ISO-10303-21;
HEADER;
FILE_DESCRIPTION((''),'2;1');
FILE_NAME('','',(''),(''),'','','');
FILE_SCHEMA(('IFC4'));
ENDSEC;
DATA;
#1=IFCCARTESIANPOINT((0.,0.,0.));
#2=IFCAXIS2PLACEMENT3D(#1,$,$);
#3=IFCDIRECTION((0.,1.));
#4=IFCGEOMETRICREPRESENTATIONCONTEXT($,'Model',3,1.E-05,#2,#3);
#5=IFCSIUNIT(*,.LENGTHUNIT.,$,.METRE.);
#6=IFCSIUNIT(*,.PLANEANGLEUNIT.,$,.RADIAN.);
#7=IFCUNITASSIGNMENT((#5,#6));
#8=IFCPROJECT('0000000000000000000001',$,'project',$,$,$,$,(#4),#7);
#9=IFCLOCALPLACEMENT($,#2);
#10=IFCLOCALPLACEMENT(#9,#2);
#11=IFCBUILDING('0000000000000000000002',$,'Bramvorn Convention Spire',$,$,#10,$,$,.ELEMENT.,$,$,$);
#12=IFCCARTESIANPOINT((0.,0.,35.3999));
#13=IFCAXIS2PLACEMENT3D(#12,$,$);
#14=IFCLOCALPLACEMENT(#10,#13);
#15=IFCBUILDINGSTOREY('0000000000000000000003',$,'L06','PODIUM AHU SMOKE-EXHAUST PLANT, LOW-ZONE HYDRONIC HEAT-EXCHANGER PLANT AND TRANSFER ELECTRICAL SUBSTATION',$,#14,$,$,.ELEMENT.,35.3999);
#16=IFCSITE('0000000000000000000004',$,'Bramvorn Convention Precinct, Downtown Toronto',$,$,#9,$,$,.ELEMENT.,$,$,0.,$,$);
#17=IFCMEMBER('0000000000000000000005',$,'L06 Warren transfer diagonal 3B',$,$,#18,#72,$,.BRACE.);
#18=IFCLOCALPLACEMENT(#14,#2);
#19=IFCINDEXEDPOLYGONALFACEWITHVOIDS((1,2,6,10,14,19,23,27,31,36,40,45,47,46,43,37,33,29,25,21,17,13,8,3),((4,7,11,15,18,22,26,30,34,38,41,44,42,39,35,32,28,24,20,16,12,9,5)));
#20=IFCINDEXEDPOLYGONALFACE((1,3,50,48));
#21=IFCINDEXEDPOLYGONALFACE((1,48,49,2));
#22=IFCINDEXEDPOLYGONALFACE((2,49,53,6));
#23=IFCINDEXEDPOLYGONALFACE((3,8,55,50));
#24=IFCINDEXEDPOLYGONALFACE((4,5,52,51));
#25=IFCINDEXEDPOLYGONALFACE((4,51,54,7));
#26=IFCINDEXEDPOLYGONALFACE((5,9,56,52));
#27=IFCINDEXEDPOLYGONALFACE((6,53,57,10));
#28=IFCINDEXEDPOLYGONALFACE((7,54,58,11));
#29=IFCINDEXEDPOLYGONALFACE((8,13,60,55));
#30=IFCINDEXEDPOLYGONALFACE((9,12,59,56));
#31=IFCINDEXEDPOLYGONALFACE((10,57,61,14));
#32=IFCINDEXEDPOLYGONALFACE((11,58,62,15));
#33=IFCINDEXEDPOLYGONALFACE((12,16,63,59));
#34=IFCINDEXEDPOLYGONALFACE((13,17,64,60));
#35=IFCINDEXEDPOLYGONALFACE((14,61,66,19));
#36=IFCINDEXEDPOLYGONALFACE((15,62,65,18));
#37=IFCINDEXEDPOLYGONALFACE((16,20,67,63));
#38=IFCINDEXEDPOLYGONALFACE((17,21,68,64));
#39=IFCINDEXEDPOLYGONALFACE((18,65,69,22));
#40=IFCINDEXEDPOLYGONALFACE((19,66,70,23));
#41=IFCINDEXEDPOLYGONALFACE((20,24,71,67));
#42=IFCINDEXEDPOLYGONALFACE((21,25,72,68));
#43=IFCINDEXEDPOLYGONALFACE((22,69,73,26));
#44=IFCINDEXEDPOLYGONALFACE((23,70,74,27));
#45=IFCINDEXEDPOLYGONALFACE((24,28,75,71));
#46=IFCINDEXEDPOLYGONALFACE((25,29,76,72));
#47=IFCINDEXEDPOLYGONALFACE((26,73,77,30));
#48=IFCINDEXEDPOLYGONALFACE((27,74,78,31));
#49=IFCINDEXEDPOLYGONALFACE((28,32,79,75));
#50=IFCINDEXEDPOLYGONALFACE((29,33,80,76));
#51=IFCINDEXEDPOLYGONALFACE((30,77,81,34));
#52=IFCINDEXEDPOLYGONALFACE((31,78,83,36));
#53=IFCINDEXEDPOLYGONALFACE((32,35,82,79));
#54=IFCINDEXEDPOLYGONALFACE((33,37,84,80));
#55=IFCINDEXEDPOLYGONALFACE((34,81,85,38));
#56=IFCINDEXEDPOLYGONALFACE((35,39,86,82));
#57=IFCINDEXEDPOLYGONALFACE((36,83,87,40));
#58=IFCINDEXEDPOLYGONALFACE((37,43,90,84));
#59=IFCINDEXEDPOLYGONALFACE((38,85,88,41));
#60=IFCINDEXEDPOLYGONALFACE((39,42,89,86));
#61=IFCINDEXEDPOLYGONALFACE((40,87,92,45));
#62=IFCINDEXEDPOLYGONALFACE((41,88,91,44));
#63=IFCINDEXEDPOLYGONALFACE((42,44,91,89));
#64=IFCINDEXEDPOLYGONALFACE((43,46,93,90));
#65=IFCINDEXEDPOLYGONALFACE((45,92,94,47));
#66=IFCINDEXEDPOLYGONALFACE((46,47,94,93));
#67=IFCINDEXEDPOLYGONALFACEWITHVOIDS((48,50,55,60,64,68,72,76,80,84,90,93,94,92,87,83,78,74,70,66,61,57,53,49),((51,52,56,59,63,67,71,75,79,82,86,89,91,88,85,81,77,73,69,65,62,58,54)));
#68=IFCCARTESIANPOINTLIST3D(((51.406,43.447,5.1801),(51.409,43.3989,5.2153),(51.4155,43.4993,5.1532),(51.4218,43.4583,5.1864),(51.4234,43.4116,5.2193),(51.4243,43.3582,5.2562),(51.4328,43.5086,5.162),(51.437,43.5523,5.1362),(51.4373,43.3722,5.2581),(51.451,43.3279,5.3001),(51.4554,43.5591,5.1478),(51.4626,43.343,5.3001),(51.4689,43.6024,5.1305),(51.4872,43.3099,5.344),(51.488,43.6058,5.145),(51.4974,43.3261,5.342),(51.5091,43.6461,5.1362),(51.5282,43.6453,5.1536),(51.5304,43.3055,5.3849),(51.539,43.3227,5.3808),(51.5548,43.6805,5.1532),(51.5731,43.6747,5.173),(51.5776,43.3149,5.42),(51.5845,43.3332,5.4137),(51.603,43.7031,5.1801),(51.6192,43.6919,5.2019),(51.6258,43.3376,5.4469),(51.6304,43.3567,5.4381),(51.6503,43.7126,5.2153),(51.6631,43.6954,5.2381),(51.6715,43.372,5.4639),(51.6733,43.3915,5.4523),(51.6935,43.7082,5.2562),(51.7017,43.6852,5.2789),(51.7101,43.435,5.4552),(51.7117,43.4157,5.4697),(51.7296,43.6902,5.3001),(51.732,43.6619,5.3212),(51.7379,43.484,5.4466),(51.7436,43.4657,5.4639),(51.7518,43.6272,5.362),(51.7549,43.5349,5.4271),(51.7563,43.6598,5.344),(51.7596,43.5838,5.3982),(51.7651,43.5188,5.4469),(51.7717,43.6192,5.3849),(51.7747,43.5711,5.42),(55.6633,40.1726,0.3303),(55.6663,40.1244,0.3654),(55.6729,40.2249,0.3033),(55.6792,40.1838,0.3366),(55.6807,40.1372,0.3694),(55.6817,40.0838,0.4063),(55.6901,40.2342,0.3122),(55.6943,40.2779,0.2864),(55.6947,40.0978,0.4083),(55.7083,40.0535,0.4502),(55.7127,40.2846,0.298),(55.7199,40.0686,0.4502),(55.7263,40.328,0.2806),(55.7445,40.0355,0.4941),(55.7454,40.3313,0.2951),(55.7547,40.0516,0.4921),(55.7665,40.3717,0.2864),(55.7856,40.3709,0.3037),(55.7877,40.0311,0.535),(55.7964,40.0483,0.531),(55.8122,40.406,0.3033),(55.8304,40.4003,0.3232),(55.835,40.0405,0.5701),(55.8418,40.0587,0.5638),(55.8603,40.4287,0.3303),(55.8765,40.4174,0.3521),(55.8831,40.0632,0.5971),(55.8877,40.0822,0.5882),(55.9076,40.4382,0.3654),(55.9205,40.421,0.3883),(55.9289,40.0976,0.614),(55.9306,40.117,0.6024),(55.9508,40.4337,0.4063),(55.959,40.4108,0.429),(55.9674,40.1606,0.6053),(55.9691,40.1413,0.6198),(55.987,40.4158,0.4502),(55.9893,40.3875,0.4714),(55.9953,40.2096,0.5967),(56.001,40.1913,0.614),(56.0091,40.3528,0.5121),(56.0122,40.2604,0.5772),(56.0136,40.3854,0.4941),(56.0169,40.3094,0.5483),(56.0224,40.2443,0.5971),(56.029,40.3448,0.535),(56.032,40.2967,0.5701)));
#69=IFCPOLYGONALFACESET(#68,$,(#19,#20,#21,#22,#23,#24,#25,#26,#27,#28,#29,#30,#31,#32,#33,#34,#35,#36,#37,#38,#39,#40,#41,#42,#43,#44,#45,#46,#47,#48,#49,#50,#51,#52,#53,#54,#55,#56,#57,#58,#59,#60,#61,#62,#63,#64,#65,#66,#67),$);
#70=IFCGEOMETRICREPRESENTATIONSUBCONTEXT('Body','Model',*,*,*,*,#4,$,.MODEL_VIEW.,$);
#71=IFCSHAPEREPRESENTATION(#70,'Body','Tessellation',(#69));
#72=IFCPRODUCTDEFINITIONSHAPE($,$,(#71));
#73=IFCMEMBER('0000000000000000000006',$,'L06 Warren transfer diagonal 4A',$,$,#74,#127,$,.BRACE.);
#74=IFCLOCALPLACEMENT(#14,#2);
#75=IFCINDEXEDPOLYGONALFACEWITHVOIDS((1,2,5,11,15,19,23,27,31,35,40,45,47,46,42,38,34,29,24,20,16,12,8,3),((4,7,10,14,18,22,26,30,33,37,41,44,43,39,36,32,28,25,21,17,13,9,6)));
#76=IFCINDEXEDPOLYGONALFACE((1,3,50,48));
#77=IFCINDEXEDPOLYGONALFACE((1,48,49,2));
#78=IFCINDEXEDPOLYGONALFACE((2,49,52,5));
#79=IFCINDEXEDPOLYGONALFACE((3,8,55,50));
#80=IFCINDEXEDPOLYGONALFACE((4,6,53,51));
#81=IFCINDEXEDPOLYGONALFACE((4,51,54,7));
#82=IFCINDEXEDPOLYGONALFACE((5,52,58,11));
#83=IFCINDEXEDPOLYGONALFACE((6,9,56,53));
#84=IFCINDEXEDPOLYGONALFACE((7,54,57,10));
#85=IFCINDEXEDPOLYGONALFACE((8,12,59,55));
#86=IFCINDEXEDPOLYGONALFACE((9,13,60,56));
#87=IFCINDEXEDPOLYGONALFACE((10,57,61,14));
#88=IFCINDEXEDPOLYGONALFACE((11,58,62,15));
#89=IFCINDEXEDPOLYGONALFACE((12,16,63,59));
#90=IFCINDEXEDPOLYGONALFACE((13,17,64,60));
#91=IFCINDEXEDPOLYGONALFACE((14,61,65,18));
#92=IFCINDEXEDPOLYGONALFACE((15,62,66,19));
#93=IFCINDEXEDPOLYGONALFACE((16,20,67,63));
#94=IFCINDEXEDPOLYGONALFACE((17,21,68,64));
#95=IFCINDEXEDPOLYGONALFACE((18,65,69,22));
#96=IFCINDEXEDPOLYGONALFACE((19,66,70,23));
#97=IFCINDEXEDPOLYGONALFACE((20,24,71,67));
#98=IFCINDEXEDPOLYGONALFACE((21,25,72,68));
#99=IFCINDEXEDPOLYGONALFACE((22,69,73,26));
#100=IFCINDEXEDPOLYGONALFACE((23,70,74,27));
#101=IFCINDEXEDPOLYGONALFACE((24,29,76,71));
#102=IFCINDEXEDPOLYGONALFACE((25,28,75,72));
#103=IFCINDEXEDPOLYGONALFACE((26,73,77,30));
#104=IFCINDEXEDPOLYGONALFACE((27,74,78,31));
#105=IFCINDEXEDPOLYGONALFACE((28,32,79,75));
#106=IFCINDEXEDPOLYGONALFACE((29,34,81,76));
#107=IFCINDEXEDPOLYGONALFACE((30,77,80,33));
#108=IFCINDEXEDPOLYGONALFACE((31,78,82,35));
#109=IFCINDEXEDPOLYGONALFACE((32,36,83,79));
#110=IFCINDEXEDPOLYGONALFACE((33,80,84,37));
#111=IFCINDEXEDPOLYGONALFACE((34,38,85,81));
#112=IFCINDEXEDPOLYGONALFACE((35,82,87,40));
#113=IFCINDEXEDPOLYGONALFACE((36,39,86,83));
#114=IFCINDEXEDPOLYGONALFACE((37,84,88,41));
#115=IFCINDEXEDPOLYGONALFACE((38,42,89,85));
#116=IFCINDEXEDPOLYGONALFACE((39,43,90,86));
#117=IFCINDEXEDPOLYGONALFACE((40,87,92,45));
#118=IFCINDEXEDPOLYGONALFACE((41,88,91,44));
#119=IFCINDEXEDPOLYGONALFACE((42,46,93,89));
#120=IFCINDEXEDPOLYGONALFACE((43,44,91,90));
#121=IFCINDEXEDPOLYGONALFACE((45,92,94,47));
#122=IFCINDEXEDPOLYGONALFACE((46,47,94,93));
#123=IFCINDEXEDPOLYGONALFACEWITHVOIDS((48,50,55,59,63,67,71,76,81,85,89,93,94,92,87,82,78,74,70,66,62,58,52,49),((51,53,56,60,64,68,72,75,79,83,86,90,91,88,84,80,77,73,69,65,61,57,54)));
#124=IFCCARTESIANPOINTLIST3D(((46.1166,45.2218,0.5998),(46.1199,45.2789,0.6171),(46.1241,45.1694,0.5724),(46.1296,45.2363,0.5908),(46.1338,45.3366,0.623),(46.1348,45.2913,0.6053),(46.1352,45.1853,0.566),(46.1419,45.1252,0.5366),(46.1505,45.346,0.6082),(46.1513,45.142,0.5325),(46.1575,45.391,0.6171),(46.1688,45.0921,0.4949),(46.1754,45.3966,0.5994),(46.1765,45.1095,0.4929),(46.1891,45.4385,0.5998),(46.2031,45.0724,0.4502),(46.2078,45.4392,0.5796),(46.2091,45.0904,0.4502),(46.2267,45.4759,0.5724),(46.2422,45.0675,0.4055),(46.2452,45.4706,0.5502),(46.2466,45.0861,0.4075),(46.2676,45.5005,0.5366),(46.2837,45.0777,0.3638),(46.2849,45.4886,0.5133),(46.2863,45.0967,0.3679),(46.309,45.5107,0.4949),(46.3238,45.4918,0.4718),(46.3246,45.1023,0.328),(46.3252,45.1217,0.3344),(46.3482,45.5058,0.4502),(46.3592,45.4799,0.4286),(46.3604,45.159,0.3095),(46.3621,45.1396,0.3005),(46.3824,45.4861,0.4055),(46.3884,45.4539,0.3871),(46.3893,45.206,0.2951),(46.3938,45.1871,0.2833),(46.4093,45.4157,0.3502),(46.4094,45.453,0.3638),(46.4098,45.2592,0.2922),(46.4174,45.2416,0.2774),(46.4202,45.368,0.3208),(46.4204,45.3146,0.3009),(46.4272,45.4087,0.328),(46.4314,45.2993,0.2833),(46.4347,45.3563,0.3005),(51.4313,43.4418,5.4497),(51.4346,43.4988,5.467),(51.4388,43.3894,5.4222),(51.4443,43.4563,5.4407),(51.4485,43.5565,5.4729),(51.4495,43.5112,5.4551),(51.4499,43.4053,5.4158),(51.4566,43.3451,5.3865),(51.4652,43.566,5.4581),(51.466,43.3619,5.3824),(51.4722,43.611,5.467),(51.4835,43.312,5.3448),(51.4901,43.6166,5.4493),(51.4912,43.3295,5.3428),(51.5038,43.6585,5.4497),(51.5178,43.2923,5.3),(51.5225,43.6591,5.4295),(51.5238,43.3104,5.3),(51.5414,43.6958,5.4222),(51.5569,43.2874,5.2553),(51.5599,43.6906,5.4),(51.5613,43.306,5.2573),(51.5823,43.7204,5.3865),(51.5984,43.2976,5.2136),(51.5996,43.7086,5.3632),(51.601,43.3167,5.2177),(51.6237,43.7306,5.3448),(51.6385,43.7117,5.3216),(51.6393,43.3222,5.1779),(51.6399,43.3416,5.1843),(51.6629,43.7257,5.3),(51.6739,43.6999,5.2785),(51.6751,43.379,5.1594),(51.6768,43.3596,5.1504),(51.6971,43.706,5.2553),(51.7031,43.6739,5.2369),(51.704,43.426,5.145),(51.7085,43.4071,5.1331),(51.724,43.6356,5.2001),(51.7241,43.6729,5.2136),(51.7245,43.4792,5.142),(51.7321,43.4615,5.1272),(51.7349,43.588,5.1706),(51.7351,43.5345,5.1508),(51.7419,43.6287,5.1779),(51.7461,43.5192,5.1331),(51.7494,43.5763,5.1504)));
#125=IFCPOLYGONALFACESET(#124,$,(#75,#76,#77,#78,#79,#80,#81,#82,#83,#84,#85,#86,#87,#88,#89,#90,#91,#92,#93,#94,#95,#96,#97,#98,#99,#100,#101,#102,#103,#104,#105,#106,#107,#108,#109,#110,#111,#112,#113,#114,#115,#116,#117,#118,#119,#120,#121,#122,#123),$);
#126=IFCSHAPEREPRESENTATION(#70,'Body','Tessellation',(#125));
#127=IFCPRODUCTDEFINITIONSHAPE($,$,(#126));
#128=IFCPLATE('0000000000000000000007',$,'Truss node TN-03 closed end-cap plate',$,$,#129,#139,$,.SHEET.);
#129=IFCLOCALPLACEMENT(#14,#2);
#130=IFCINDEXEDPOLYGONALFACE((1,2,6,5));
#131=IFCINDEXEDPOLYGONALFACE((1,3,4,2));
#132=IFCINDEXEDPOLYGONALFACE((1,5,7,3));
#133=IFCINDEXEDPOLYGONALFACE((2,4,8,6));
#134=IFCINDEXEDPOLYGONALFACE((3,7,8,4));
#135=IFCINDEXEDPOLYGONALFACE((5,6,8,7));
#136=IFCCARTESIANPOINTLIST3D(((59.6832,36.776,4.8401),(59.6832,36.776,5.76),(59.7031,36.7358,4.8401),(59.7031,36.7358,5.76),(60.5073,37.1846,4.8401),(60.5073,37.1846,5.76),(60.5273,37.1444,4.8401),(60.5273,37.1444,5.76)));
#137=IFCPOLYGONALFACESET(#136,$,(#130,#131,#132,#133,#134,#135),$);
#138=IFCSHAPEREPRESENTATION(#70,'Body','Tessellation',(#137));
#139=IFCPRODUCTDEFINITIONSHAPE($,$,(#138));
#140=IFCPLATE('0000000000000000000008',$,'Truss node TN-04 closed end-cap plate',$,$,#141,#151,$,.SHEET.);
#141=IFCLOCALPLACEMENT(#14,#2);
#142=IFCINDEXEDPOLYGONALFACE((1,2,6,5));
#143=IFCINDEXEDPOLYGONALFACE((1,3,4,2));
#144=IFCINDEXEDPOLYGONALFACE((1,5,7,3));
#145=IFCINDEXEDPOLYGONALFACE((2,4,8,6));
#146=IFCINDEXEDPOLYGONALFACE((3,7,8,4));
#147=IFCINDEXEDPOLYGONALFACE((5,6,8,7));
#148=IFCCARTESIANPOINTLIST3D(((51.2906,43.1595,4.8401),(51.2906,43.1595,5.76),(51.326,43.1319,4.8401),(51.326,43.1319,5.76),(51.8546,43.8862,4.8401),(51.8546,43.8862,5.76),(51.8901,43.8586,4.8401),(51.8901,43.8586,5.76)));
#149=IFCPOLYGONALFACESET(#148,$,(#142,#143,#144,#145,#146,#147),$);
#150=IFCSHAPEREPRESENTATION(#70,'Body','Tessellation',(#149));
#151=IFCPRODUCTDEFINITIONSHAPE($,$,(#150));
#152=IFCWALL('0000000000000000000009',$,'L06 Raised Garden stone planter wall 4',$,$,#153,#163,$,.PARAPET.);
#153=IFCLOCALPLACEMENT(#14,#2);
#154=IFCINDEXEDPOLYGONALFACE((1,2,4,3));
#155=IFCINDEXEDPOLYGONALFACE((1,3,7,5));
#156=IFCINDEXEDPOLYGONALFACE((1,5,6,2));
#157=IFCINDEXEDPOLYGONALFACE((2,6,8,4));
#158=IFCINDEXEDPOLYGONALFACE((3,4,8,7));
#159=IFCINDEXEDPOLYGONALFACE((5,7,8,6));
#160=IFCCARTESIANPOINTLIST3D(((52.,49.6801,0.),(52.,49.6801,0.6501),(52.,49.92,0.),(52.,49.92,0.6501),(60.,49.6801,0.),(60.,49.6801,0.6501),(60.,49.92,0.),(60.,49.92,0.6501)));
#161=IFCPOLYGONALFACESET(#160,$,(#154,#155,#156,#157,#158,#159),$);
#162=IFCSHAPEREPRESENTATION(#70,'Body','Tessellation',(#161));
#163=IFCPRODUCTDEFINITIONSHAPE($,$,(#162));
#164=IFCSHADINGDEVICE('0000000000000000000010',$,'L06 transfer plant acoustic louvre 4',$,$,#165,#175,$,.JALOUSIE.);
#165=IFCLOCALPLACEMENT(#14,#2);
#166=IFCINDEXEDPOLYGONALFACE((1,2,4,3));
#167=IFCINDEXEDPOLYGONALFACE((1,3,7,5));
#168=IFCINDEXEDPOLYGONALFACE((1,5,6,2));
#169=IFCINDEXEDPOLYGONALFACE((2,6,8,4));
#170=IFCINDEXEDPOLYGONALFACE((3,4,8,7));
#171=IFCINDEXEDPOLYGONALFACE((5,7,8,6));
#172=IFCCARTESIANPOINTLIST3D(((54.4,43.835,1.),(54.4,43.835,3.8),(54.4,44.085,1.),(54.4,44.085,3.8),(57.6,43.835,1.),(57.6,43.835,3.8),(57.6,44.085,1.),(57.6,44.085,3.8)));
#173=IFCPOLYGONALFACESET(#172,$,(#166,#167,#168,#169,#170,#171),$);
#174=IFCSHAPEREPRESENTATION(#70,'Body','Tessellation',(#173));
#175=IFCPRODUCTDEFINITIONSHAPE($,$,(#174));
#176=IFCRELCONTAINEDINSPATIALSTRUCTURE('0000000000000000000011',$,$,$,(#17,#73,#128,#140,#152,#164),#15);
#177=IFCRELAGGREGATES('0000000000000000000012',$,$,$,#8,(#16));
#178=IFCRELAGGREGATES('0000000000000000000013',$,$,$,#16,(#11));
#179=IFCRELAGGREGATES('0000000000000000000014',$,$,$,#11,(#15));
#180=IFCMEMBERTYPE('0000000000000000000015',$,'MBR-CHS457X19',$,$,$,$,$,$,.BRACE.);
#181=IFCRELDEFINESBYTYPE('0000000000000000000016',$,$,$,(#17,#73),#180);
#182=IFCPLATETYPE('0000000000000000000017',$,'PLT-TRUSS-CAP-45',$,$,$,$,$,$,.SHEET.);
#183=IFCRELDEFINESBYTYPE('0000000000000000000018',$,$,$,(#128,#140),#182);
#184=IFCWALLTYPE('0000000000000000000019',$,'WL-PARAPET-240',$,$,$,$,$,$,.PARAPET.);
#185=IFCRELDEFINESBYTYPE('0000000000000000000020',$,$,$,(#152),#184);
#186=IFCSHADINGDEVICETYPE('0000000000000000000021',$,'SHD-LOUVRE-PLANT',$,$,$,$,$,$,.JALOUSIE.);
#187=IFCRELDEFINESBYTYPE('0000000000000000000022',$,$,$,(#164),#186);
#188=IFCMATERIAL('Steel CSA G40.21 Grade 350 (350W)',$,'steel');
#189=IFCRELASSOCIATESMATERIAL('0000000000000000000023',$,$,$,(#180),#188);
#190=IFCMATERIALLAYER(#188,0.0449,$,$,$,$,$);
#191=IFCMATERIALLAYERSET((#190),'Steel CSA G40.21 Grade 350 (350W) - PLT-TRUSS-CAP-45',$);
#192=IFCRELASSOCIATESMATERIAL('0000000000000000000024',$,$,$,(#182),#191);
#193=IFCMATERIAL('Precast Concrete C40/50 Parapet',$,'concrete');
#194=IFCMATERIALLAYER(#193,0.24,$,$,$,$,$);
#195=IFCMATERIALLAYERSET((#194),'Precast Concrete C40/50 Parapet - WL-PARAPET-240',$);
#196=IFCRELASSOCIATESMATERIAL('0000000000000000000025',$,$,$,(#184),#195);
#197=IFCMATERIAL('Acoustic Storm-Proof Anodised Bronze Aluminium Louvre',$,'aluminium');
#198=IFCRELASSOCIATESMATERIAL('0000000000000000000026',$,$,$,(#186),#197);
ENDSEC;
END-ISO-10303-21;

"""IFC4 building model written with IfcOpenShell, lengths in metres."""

from ifc_helpers import new_model, si_unit, direction, frame, frame_2d, origin, origin_2d, place, context, subcontext, project, spatial, rectangle, hollow_circle, extrude, material, layer, layer_set, material_profile, profile_set, type_object, element, save


model = new_model("IFC4")

# Units and contexts
model_context = context("Model", 3, precision=1e-05, world=origin(), true_north=direction((0.0, 1.0)))
body_context = subcontext(model_context, "Body", "Model", "MODEL_VIEW")
ifc_project = project(units=[si_unit("LENGTHUNIT", "METRE"), si_unit("PLANEANGLEUNIT", "RADIAN")], contexts=[model_context])

# Site, building, storey
site_placement = place(None, origin())
site = spatial("IfcSite", under=ifc_project, at=site_placement, Name="Bramvorn Convention Precinct, Downtown Toronto", CompositionType="ELEMENT", RefElevation=0.0)
building_placement = place(site_placement, origin())
building = spatial("IfcBuilding", under=site, at=building_placement, Name="Bramvorn Convention Spire", CompositionType="ELEMENT")
storey_placement = place(building_placement, frame((0.0, 0.0, 35.3999)))
storey = spatial("IfcBuildingStorey", under=building, at=storey_placement, Name="L06", Description="PODIUM AHU SMOKE-EXHAUST PLANT, LOW-ZONE HYDRONIC HEAT-EXCHANGER PLANT AND TRANSFER ELECTRICAL SUBSTATION", CompositionType="ELEMENT", Elevation=35.3999)

# Shared definitions
ifc_material_1 = material(Name="Steel CSA G40.21 Grade 350 (350W)", Category="steel")

# Members
ifc_material_profile_1 = material_profile(ifc_material_1, hollow_circle(Radius=0.2285, WallThickness=0.019, at=origin_2d()))
ifc_profile_set_1 = profile_set([ifc_material_profile_1], Name="Steel CSA G40.21 Grade 350 (350W) - CHS457X19")
member_type_1 = type_object("IfcMemberType", Name="MBR-CHS457X19", PredefinedType="BRACE", material=ifc_profile_set_1)
member_1_placement = place(storey_placement, frame((55.8477, 40.2346, 0.4502), z_axis=(-0.588308, 0.452483, 0.670188), x_axis=(-0.609658, -0.792665, 0.0)))
element("IfcMember", 1, at=member_1_placement, inside=storey, type_object=member_type_1, Name="L06 Warren transfer diagonal 3B", PredefinedType="BRACE", context=body_context, shape_type="SweptSolid", body=[
    extrude(hollow_circle(Radius=0.2285, WallThickness=0.019, at=origin_2d()), origin(), (0.0, 0.0, 1.0), 7.2366),
])
member_2_placement = place(storey_placement, frame((51.5903, 43.509, 5.3), z_axis=(-0.717054, 0.24016, -0.654337), x_axis=(-0.317586, -0.948229, 0.0)))
element("IfcMember", 2, at=member_2_placement, inside=storey, type_object=member_type_1, Name="L06 Warren transfer diagonal 4A", PredefinedType="BRACE", context=body_context, shape_type="SweptSolid", body=[
    extrude(hollow_circle(Radius=0.2285, WallThickness=0.019, at=origin_2d()), origin(), (0.0, 0.0, 1.0), 7.4119),
])

# Plates
ifc_layer_1 = layer(ifc_material_1, 0.0449)
ifc_layer_set_1 = layer_set([ifc_layer_1], Name="Steel CSA G40.21 Grade 350 (350W) - PLT-TRUSS-CAP-45")
plate_type = type_object("IfcPlateType", Name="PLT-TRUSS-CAP-45", PredefinedType="SHEET", material=ifc_layer_set_1)
for number, where, z_axis, x_axis, name in (
    (3, (60.1052, 36.9602, 4.8401), (0.0, 0.0, 1.0), (0.89592, 0.444215, 0.0), "Truss node TN-03 closed end-cap plate"),
    (4, (51.5903, 43.509, 4.8401), (0.0, 0.0, 1.0), (0.613158, 0.78996, 0.0), "Truss node TN-04 closed end-cap plate"),
):
    element("IfcPlate", number, at=place(storey_placement, frame(where, z_axis=z_axis, x_axis=x_axis)), inside=storey, type_object=plate_type, Name=name, PredefinedType="SHEET", context=body_context, shape_type="SweptSolid", body=[
        extrude(rectangle(XDim=0.9199, YDim=0.0449, at=origin_2d()), origin(), (0.0, 0.0, 1.0), 0.9199),
    ])

# Wall
ifc_material_2 = material(Name="Precast Concrete C40/50 Parapet", Category="concrete")
ifc_layer_2 = layer(ifc_material_2, 0.24)
ifc_layer_set_2 = layer_set([ifc_layer_2], Name="Precast Concrete C40/50 Parapet - WL-PARAPET-240")
wall_type = type_object("IfcWallType", Name="WL-PARAPET-240", PredefinedType="PARAPET", material=ifc_layer_set_2)
wall_placement = place(storey_placement, frame((52.0, 49.8, 0.0), z_axis=(0.0, 0.0, 1.0), x_axis=(1.0, 0.0, 0.0)))
element("IfcWall", 5, at=wall_placement, inside=storey, type_object=wall_type, Name="L06 Raised Garden stone planter wall 4", PredefinedType="PARAPET", context=body_context, shape_type="SweptSolid", body=[
    extrude(rectangle(XDim=8.0, YDim=0.24, at=frame_2d((4.0, 0.0))), origin(), (0.0, 0.0, 1.0), 0.6501),
])

# Shading device
ifc_material_3 = material(Name="Acoustic Storm-Proof Anodised Bronze Aluminium Louvre", Category="aluminium")
shading_device_type = type_object("IfcShadingDeviceType", Name="SHD-LOUVRE-PLANT", PredefinedType="JALOUSIE", material=ifc_material_3)
shading_device_placement = place(storey_placement, frame((56.0, 43.96, 1.0), z_axis=(0.0, 0.0, 1.0), x_axis=(1.0, 0.0, 0.0)))
element("IfcShadingDevice", 6, at=shading_device_placement, inside=storey, type_object=shading_device_type, Name="L06 transfer plant acoustic louvre 4", PredefinedType="JALOUSIE", context=body_context, shape_type="SweptSolid", body=[
    extrude(rectangle(XDim=3.2, YDim=0.25, at=origin_2d()), origin(), (0.0, 0.0, 1.0), 2.8),
])

save(model, "model.ifc")
